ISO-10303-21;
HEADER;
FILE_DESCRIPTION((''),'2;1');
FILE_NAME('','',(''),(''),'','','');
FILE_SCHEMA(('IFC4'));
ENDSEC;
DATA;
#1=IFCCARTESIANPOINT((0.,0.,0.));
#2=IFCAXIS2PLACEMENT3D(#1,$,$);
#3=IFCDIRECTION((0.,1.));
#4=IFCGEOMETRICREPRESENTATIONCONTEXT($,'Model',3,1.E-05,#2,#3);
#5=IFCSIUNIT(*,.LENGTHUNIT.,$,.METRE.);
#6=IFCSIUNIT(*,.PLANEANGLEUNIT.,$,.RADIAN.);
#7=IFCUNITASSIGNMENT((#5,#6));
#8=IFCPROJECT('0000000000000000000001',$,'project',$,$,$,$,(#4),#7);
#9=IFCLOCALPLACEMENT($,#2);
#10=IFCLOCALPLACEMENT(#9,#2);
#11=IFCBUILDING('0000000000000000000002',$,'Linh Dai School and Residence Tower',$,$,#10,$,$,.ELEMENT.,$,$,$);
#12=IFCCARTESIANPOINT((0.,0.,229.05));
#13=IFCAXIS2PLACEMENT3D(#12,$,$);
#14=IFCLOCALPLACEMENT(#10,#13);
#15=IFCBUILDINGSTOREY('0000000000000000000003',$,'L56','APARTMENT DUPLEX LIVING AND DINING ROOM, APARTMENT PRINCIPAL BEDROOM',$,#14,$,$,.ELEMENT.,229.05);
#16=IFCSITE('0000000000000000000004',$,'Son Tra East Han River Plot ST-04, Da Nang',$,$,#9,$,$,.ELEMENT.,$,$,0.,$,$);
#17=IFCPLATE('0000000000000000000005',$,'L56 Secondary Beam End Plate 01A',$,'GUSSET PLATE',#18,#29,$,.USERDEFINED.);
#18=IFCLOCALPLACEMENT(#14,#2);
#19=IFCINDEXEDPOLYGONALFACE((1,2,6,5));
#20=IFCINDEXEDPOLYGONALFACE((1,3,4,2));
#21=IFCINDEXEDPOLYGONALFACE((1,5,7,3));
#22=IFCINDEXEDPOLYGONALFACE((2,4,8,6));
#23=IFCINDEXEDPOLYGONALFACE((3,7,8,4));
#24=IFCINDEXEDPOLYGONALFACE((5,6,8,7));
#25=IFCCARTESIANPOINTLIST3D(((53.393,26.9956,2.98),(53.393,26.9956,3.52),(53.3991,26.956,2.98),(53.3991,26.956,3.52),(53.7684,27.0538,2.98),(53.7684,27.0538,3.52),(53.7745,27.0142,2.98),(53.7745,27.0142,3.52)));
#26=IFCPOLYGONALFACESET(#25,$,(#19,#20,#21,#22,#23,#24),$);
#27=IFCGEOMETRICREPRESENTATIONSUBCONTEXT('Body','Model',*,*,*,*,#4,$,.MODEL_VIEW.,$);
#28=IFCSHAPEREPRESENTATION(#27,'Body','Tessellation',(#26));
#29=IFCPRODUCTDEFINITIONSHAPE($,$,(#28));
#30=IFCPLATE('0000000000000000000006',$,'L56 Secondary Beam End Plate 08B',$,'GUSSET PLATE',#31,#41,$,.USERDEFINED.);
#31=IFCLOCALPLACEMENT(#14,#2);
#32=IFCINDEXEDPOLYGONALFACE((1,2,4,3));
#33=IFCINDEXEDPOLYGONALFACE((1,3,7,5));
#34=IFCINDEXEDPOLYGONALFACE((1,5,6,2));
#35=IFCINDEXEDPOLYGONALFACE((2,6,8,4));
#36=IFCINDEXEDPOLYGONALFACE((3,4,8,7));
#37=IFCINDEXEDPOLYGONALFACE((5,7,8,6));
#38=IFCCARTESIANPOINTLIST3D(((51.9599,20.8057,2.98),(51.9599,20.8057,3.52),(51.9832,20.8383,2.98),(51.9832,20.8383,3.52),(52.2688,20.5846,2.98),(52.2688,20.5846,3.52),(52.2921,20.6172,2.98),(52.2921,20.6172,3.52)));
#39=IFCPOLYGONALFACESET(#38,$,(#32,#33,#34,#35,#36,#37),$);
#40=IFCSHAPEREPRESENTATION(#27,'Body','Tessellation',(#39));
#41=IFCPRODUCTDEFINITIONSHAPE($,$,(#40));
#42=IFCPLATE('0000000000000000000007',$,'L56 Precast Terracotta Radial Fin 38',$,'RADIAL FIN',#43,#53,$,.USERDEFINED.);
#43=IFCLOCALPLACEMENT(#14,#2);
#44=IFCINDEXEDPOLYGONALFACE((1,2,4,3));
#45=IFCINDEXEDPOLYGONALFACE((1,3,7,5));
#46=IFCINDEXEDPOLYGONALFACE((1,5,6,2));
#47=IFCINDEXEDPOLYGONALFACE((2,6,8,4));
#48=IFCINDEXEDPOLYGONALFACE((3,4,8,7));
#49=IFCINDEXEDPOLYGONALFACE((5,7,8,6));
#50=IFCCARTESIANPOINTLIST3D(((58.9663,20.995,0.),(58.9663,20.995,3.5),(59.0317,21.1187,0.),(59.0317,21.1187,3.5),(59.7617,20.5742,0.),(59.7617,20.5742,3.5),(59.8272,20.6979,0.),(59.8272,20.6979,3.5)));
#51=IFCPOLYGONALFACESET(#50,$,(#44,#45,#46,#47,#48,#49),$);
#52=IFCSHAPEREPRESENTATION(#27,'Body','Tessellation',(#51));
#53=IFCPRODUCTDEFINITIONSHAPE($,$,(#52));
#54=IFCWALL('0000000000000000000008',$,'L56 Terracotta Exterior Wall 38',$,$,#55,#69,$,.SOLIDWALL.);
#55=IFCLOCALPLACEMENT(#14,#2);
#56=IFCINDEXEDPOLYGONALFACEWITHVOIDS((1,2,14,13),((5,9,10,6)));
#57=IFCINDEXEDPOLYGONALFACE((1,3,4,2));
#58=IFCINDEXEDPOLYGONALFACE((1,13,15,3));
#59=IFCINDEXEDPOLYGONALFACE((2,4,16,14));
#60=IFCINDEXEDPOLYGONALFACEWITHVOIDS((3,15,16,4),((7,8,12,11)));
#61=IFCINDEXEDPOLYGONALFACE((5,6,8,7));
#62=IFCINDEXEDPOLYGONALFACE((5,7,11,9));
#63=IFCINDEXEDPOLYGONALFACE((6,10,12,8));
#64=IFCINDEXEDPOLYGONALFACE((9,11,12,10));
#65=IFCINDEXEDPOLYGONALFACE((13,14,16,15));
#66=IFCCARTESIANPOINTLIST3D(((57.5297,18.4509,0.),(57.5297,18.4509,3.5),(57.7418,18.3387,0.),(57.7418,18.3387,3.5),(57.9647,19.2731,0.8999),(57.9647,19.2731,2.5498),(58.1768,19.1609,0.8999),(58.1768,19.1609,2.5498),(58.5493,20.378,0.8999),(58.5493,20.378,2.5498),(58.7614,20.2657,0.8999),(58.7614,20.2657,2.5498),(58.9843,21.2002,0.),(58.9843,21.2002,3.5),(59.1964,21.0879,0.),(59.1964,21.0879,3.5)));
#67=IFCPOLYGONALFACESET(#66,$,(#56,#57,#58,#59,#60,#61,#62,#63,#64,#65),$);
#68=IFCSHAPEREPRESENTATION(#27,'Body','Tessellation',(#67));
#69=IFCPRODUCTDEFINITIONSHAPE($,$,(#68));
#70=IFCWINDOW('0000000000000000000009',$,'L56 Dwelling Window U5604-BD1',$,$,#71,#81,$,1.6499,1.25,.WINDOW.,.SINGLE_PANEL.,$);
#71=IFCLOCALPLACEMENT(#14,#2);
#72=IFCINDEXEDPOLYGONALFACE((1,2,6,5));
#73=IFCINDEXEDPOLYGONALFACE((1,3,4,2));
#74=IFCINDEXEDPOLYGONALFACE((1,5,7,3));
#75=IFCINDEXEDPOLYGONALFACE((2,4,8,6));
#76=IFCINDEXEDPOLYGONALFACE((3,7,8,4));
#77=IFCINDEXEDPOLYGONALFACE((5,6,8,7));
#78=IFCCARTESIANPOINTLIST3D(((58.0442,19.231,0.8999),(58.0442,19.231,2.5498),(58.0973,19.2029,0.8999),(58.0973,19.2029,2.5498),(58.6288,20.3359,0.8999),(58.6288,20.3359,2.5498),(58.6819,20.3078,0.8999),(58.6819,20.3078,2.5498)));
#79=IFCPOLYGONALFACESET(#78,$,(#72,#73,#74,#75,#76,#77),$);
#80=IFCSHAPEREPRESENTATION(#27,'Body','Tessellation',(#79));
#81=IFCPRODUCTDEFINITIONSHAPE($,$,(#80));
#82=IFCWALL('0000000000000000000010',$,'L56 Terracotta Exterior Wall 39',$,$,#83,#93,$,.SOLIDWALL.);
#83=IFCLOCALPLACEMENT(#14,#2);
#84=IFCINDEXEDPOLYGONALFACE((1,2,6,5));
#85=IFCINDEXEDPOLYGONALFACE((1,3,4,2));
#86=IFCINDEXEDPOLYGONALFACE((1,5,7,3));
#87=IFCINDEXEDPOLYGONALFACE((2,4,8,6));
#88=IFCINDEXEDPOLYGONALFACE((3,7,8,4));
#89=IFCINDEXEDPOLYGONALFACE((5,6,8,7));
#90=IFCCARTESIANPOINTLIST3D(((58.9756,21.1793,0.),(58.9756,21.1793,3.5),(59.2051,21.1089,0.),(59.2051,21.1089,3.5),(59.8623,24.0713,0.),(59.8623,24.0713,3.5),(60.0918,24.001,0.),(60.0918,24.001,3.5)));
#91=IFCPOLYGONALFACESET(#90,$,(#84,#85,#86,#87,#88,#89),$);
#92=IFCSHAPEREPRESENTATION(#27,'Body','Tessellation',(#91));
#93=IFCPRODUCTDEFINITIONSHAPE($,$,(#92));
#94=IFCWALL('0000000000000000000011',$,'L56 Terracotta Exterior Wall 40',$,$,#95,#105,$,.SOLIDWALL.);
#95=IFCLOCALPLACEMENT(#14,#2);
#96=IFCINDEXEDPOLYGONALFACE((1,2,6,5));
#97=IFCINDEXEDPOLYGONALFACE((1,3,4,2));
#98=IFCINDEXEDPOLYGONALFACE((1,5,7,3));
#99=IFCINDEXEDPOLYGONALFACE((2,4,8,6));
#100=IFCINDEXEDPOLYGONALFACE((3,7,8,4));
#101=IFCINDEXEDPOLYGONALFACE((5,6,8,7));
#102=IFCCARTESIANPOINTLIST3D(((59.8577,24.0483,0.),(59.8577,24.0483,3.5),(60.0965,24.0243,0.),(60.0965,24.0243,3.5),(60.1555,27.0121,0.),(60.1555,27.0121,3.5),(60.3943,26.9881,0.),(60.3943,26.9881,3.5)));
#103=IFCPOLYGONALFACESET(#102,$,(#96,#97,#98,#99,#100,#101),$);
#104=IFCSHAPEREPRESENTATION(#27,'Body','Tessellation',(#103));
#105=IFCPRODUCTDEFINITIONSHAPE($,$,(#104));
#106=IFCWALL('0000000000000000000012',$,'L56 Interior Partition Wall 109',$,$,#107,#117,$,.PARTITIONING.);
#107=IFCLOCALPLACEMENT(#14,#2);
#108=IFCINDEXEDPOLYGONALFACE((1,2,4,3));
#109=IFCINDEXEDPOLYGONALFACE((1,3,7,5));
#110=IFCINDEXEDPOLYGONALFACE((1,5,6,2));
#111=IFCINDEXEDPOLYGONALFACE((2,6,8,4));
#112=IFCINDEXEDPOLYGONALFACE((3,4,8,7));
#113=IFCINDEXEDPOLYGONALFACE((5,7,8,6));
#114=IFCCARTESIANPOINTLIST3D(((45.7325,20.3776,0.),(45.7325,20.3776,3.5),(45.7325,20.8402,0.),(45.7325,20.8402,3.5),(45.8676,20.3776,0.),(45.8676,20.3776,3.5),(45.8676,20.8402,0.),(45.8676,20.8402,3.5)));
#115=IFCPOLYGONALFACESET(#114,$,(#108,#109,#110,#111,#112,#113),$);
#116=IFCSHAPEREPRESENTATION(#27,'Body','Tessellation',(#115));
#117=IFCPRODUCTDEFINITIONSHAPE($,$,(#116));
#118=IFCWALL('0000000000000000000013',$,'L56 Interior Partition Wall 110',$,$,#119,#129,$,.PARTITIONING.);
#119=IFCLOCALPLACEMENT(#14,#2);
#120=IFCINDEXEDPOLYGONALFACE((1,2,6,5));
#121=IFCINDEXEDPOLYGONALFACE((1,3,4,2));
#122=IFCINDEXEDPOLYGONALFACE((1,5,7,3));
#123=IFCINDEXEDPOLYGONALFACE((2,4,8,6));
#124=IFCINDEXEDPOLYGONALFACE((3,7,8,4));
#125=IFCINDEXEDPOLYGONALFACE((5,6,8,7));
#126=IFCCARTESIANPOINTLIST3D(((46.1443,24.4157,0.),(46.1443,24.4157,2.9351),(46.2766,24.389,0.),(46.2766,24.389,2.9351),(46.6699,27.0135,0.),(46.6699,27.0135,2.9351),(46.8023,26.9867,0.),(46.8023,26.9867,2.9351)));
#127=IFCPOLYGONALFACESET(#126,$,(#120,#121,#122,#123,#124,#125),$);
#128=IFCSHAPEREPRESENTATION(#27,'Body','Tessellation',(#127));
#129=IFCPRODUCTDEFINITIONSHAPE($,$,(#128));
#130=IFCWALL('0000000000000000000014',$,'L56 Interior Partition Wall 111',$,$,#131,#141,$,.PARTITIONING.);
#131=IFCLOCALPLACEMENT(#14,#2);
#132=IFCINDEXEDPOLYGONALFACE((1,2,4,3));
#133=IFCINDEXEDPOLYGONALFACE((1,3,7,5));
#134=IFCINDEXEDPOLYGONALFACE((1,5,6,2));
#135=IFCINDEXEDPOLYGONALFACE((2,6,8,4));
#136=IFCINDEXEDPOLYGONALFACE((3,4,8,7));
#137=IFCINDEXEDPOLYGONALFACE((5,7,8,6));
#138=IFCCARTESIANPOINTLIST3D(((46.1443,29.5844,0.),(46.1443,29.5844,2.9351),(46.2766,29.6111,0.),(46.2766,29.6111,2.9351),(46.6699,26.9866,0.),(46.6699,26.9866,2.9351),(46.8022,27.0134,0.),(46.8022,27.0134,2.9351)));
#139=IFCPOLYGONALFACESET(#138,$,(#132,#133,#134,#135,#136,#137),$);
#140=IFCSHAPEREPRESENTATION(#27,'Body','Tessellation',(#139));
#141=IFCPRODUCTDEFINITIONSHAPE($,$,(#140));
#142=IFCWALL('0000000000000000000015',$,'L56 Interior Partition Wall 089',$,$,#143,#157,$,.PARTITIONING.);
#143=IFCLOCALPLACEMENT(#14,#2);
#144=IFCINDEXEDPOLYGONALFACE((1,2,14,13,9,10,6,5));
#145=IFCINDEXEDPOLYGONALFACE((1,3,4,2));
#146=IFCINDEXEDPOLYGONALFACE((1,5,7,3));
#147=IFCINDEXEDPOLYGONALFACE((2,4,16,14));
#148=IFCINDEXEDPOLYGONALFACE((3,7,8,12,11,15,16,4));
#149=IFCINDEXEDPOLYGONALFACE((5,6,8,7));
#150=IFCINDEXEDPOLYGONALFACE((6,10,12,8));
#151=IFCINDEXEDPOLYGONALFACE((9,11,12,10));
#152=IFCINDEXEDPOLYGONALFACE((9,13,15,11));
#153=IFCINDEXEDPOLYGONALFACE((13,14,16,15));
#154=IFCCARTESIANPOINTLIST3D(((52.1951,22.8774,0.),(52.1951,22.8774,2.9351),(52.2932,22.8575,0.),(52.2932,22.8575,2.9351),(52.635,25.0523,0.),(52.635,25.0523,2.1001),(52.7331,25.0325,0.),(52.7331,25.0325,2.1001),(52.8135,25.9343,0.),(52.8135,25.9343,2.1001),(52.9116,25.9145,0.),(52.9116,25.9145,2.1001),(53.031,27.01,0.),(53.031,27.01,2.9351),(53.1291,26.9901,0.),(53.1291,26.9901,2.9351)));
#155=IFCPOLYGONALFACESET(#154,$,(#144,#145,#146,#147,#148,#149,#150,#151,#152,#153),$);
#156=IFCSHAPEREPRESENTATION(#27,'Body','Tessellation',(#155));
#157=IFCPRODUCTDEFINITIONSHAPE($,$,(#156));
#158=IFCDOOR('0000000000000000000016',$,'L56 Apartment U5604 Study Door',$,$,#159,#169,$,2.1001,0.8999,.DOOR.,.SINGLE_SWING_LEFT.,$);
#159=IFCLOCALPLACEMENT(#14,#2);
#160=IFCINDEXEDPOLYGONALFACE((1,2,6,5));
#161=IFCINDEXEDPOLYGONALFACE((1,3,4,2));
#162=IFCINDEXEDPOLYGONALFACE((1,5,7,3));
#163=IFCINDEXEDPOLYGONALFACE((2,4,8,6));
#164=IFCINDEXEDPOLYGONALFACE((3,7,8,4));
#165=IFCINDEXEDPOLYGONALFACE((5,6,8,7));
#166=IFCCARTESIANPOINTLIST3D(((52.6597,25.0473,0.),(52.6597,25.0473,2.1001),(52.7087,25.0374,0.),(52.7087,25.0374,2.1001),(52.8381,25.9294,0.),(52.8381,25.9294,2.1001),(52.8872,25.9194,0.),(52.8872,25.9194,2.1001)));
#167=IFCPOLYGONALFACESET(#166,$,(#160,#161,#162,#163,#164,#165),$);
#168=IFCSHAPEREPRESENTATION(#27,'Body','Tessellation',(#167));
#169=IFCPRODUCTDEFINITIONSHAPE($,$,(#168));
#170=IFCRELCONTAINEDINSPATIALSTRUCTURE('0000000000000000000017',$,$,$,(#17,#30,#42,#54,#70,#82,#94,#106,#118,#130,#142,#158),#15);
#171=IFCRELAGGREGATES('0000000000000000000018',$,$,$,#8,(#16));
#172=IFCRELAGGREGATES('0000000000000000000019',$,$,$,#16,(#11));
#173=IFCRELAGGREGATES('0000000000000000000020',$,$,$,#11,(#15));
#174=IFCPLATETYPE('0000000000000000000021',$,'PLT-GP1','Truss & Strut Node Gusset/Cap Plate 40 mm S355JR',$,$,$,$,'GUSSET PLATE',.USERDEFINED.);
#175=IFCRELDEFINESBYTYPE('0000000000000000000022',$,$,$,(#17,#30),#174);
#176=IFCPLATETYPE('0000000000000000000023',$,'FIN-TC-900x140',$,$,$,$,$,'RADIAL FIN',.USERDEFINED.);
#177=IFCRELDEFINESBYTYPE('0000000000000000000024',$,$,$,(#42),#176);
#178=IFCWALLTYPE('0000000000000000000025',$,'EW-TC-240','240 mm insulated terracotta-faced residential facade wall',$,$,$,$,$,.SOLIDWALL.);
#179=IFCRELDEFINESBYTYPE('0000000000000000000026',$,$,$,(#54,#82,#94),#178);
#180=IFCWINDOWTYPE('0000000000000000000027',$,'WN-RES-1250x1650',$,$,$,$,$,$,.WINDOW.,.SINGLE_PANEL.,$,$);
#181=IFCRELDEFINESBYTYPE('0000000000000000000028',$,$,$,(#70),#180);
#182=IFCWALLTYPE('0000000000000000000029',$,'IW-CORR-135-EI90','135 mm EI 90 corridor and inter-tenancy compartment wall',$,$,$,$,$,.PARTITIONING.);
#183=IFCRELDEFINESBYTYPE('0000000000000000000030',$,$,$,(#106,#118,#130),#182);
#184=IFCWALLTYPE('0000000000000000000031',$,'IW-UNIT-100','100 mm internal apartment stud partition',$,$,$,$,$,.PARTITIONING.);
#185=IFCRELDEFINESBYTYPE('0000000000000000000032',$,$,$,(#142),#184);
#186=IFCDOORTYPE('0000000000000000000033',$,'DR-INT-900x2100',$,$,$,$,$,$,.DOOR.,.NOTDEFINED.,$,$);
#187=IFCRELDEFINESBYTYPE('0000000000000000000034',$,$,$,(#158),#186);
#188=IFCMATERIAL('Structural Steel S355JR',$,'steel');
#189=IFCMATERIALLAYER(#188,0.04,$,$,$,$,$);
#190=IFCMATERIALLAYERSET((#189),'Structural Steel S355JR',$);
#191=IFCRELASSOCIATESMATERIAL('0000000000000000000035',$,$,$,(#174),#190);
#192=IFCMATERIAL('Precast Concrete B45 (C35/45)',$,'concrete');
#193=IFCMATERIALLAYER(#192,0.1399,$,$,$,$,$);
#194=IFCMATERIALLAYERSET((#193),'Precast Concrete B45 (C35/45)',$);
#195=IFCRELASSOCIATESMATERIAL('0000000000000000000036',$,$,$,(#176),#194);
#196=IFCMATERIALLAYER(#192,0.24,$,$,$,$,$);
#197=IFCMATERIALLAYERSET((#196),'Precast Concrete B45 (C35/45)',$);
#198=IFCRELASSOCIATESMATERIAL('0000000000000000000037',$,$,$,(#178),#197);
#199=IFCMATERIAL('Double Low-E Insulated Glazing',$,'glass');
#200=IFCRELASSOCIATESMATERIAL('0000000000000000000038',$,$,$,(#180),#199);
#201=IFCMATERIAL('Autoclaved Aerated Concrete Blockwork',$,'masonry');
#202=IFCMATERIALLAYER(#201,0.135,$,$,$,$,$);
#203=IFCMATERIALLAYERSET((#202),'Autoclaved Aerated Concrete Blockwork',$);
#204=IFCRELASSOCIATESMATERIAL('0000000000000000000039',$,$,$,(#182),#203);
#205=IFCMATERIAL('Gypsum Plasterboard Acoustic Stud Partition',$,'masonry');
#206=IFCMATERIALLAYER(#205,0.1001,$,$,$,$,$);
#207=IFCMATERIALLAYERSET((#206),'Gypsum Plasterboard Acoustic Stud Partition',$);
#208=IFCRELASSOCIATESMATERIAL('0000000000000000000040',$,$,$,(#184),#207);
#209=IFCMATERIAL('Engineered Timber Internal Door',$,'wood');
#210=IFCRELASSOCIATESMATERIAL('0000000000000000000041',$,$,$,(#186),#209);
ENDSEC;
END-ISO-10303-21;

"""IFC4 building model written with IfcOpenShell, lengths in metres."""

from ifc_helpers import new_model, si_unit, direction, frame, frame_2d, origin, origin_2d, place, context, subcontext, project, spatial, rectangle, extrude, source, transform, mapped, material, layer, layer_set, type_object, element, fill, save


model = new_model("IFC4")

# Units and contexts
model_context = context("Model", 3, precision=1e-05, world=origin(), true_north=direction((0.0, 1.0)))
body_context = subcontext(model_context, "Body", "Model", "MODEL_VIEW")
ifc_project = project(units=[si_unit("LENGTHUNIT", "METRE"), si_unit("PLANEANGLEUNIT", "RADIAN")], contexts=[model_context])

# Site, building, storey
site_placement = place(None, origin())
site = spatial("IfcSite", under=ifc_project, at=site_placement, Name="Son Tra East Han River Plot ST-04, Da Nang", CompositionType="ELEMENT", RefElevation=0.0)
building_placement = place(site_placement, origin())
building = spatial("IfcBuilding", under=site, at=building_placement, Name="Linh Dai School and Residence Tower", CompositionType="ELEMENT")
storey_placement = place(building_placement, frame((0.0, 0.0, 229.05)))
storey = spatial("IfcBuildingStorey", under=building, at=storey_placement, Name="L56", Description="APARTMENT DUPLEX LIVING AND DINING ROOM, APARTMENT PRINCIPAL BEDROOM", CompositionType="ELEMENT", Elevation=229.05)

# Shared definitions
ifc_material_1 = material(Name="Structural Steel S355JR", Category="steel")

# Plates
ifc_layer_1 = layer(ifc_material_1, 0.04)
ifc_layer_set_1 = layer_set([ifc_layer_1], Name="Structural Steel S355JR")
plate_type_1 = type_object("IfcPlateType", Name="PLT-GP1", Description="Truss & Strut Node Gusset/Cap Plate 40 mm S355JR", ElementType="GUSSET PLATE", PredefinedType="USERDEFINED", material=ifc_layer_set_1)
shared_shape_1 = source(origin(), body_context, "Body", "SweptSolid", [
    extrude(rectangle(XDim=0.04, YDim=0.3799, at=origin_2d()), origin(), (0.0, 0.0, 1.0), 0.54),
])
for number, where, z_axis, x_axis, name in (
    (1, (53.5837, 27.0049, 2.98), (0.0, 0.0, 1.0), (-0.153186, 0.988197, 0.0), "L56 Secondary Beam End Plate 01A"),
    (2, (52.126, 20.7114, 2.98), (0.0, 0.0, 1.0), (0.58204, 0.81316, 0.0), "L56 Secondary Beam End Plate 08B"),
):
    element("IfcPlate", number, at=place(storey_placement, frame(where, z_axis=z_axis, x_axis=x_axis)), inside=storey, type_object=plate_type_1, Name=name, ObjectType="GUSSET PLATE", PredefinedType="USERDEFINED", context=body_context, shape_type="MappedRepresentation", body=[
        mapped(shared_shape_1, transform((0.0, 0.0, 0.0), x_axis=(1.0, 0.0, 0.0), y_axis=(0.0, 1.0, 0.0), z_axis=(0.0, 0.0, 1.0), scale=1.0)),
    ])
ifc_material_2 = material(Name="Precast Concrete B45 (C35/45)", Category="concrete")
ifc_layer_2 = layer(ifc_material_2, 0.1399)
ifc_layer_set_2 = layer_set([ifc_layer_2], Name="Precast Concrete B45 (C35/45)")
plate_type_2 = type_object("IfcPlateType", Name="FIN-TC-900x140", ElementType="RADIAL FIN", PredefinedType="USERDEFINED", material=ifc_layer_set_2)
shared_shape_2 = source(origin(), body_context, "Body", "SweptSolid", [
    extrude(rectangle(XDim=0.8999, YDim=0.1399, at=origin_2d()), origin(), (0.0, 0.0, 1.0), 3.5),
])
plate_placement = place(storey_placement, frame((59.3967, 20.8464, 0.0), z_axis=(0.0, 0.0, 1.0), x_axis=(0.883929, -0.467621, 0.0)))
element("IfcPlate", 3, at=plate_placement, inside=storey, type_object=plate_type_2, Name="L56 Precast Terracotta Radial Fin 38", ObjectType="RADIAL FIN", PredefinedType="USERDEFINED", context=body_context, shape_type="MappedRepresentation", body=[
    mapped(shared_shape_2, transform((0.0, 0.0, 0.0), x_axis=(1.0, 0.0, 0.0), y_axis=(0.0, 1.0, 0.0), z_axis=(0.0, 0.0, 1.0), scale=1.0)),
])

# Wall, opening, window
ifc_layer_3 = layer(ifc_material_2, 0.24)
ifc_layer_set_3 = layer_set([ifc_layer_3], Name="Precast Concrete B45 (C35/45)")
wall_type_1 = type_object("IfcWallType", Name="EW-TC-240", Description="240 mm insulated terracotta-faced residential facade wall", PredefinedType="SOLIDWALL", material=ifc_layer_set_3)
wall_1_placement = place(storey_placement, frame((59.0903, 21.144, 0.0), z_axis=(0.0, 0.0, 1.0), x_axis=(-0.46766, -0.883908, 0.0)))
wall_1 = element("IfcWall", 4, at=wall_1_placement, inside=storey, type_object=wall_type_1, Name="L56 Terracotta Exterior Wall 38", PredefinedType="SOLIDWALL", context=body_context, shape_type="SweptSolid", body=[
    extrude(rectangle(XDim=3.1104, YDim=0.24, at=frame_2d((1.5552, 0.0))), origin(), (0.0, 0.0, 1.0), 3.5),
])
opening_1_placement = place(wall_1_placement, frame((0.9302, 0.0, 0.8999)))
opening_1 = element("IfcOpeningElement", 5, at=opening_1_placement, cuts=wall_1, PredefinedType="OPENING", context=body_context, shape_type="SweptSolid", body=[
    extrude(rectangle(XDim=1.25, YDim=1.6499, at=origin_2d()), frame((0.625, 0.1299, 0.825), z_axis=(0.0, -1.0, 0.0), x_axis=(1.0, 0.0, 0.0)), (0.0, 0.0, 1.0), 0.26),
])
ifc_material_3 = material(Name="Double Low-E Insulated Glazing", Category="glass")
window_type = type_object("IfcWindowType", Name="WN-RES-1250x1650", PartitioningType="SINGLE_PANEL", PredefinedType="WINDOW", material=ifc_material_3)
shared_shape_3 = source(origin(), body_context, "Body", "SweptSolid", [
    extrude(rectangle(XDim=1.25, YDim=1.6499, at=origin_2d()), frame((0.625, 0.03, 0.825), z_axis=(0.0, -1.0, 0.0), x_axis=(1.0, 0.0, 0.0)), (0.0, 0.0, 1.0), 0.0601),
])
window_placement = place(opening_1_placement, origin())
window = element("IfcWindow", 6, at=window_placement, inside=storey, type_object=window_type, Name="L56 Dwelling Window U5604-BD1", OverallHeight=1.6499, OverallWidth=1.25, PartitioningType="SINGLE_PANEL", PredefinedType="WINDOW", context=body_context, shape_type="MappedRepresentation", body=[
    mapped(shared_shape_3, transform((0.0, 0.0, 0.0), x_axis=(1.0, 0.0, 0.0), y_axis=(0.0, 1.0, 0.0), z_axis=(0.0, 0.0, 1.0), scale=1.0)),
])
fill(opening_1, window)

# Walls
wall_2_placement = place(storey_placement, frame((59.9771, 24.0361, 0.0), z_axis=(0.0, 0.0, 1.0), x_axis=(-0.293133, -0.956072, 0.0)))
element("IfcWall", 7, at=wall_2_placement, inside=storey, type_object=wall_type_1, Name="L56 Terracotta Exterior Wall 39", PredefinedType="SOLIDWALL", context=body_context, shape_type="SweptSolid", body=[
    extrude(rectangle(XDim=3.0249, YDim=0.24, at=frame_2d((1.5125, 0.0))), origin(), (0.0, 0.0, 1.0), 3.5),
])
wall_3_placement = place(storey_placement, frame((60.2749, 27.0, 0.0), z_axis=(0.0, 0.0, 1.0), x_axis=(-0.099991, -0.994988, 0.0)))
element("IfcWall", 8, at=wall_3_placement, inside=storey, type_object=wall_type_1, Name="L56 Terracotta Exterior Wall 40", PredefinedType="SOLIDWALL", context=body_context, shape_type="SweptSolid", body=[
    extrude(rectangle(XDim=2.9788, YDim=0.24, at=frame_2d((1.4893, 0.0))), origin(), (0.0, 0.0, 1.0), 3.5),
])
ifc_material_4 = material(Name="Autoclaved Aerated Concrete Blockwork", Category="masonry")
ifc_layer_4 = layer(ifc_material_4, 0.135)
ifc_layer_set_4 = layer_set([ifc_layer_4], Name="Autoclaved Aerated Concrete Blockwork")
wall_type_2 = type_object("IfcWallType", Name="IW-CORR-135-EI90", Description="135 mm EI 90 corridor and inter-tenancy compartment wall", PredefinedType="PARTITIONING", material=ifc_layer_set_4)
wall_4_placement = place(storey_placement, frame((45.8, 20.3774, 0.0), z_axis=(0.0, 0.0, 1.0), x_axis=(0.0, 1.0, 0.0)))
element("IfcWall", 9, at=wall_4_placement, inside=storey, type_object=wall_type_2, Name="L56 Interior Partition Wall 109", PredefinedType="PARTITIONING", context=body_context, shape_type="SweptSolid", body=[
    extrude(rectangle(XDim=0.4626, YDim=0.135, at=frame_2d((0.2314, 0.0))), origin(), (0.0, 0.0, 1.0), 3.5),
])
for number, where, z_axis, x_axis, name in (
    (10, (46.2104, 24.4023, 0.0), (0.0, 0.0, 1.0), (0.19833, 0.980135, 0.0), "L56 Interior Partition Wall 110"),
    (11, (46.7361, 27.0, 0.0), (0.0, 0.0, 1.0), (-0.19833, 0.980135, 0.0), "L56 Interior Partition Wall 111"),
):
    element("IfcWall", number, at=place(storey_placement, frame(where, z_axis=z_axis, x_axis=x_axis)), inside=storey, type_object=wall_type_2, Name=name, PredefinedType="PARTITIONING", context=body_context, shape_type="SweptSolid", body=[
        extrude(rectangle(XDim=2.6504, YDim=0.135, at=frame_2d((1.3252, 0.0))), origin(), (0.0, 0.0, 1.0), 2.9351),
    ])

# Wall, opening, door
ifc_material_5 = material(Name="Gypsum Plasterboard Acoustic Stud Partition", Category="masonry")
ifc_layer_5 = layer(ifc_material_5, 0.1001)
ifc_layer_set_5 = layer_set([ifc_layer_5], Name="Gypsum Plasterboard Acoustic Stud Partition")
wall_type_3 = type_object("IfcWallType", Name="IW-UNIT-100", Description="100 mm internal apartment stud partition", PredefinedType="PARTITIONING", material=ifc_layer_set_5)
wall_5_placement = place(storey_placement, frame((52.2441, 22.8674, 0.0), z_axis=(0.0, 0.0, 1.0), x_axis=(0.198265, 0.980148, 0.0)))
wall_5 = element("IfcWall", 12, at=wall_5_placement, inside=storey, type_object=wall_type_3, Name="L56 Interior Partition Wall 089", PredefinedType="PARTITIONING", context=body_context, shape_type="SweptSolid", body=[
    extrude(rectangle(XDim=4.2163, YDim=0.1001, at=frame_2d((2.1082, 0.0))), origin(), (0.0, 0.0, 1.0), 2.9351),
])
opening_2_placement = place(wall_5_placement, frame((2.219, 0.0, 0.0)))
opening_2 = element("IfcOpeningElement", 13, at=opening_2_placement, cuts=wall_5, PredefinedType="OPENING", context=body_context, shape_type="SweptSolid", body=[
    extrude(rectangle(XDim=0.8999, YDim=2.1001, at=origin_2d()), frame((0.45, 0.0601, 1.05), z_axis=(0.0, -1.0, 0.0), x_axis=(1.0, 0.0, 0.0)), (0.0, 0.0, 1.0), 0.1201),
])
ifc_material_6 = material(Name="Engineered Timber Internal Door", Category="wood")
door_type_1 = type_object("IfcDoorType", Name="DR-INT-900x2100", OperationType="NOTDEFINED", PredefinedType="DOOR", material=ifc_material_6)
shared_shape_4 = source(origin(), body_context, "Body", "SweptSolid", [
    extrude(rectangle(XDim=0.8999, YDim=2.1001, at=origin_2d()), frame((0.45, 0.0249, 1.05), z_axis=(0.0, -1.0, 0.0), x_axis=(1.0, 0.0, 0.0)), (0.0, 0.0, 1.0), 0.05),
])
door_1_placement = place(opening_2_placement, origin())
door_1 = element("IfcDoor", 14, at=door_1_placement, inside=storey, type_object=door_type_1, Name="L56 Apartment U5604 Study Door", OperationType="SINGLE_SWING_LEFT", OverallHeight=2.1001, OverallWidth=0.8999, PredefinedType="DOOR", context=body_context, shape_type="MappedRepresentation", body=[
    mapped(shared_shape_4, transform((0.0, 0.0, 0.0), x_axis=(1.0, 0.0, 0.0), y_axis=(0.0, 1.0, 0.0), z_axis=(0.0, 0.0, 1.0), scale=1.0)),
])
fill(opening_2, door_1)

save(model, "model.ifc")
